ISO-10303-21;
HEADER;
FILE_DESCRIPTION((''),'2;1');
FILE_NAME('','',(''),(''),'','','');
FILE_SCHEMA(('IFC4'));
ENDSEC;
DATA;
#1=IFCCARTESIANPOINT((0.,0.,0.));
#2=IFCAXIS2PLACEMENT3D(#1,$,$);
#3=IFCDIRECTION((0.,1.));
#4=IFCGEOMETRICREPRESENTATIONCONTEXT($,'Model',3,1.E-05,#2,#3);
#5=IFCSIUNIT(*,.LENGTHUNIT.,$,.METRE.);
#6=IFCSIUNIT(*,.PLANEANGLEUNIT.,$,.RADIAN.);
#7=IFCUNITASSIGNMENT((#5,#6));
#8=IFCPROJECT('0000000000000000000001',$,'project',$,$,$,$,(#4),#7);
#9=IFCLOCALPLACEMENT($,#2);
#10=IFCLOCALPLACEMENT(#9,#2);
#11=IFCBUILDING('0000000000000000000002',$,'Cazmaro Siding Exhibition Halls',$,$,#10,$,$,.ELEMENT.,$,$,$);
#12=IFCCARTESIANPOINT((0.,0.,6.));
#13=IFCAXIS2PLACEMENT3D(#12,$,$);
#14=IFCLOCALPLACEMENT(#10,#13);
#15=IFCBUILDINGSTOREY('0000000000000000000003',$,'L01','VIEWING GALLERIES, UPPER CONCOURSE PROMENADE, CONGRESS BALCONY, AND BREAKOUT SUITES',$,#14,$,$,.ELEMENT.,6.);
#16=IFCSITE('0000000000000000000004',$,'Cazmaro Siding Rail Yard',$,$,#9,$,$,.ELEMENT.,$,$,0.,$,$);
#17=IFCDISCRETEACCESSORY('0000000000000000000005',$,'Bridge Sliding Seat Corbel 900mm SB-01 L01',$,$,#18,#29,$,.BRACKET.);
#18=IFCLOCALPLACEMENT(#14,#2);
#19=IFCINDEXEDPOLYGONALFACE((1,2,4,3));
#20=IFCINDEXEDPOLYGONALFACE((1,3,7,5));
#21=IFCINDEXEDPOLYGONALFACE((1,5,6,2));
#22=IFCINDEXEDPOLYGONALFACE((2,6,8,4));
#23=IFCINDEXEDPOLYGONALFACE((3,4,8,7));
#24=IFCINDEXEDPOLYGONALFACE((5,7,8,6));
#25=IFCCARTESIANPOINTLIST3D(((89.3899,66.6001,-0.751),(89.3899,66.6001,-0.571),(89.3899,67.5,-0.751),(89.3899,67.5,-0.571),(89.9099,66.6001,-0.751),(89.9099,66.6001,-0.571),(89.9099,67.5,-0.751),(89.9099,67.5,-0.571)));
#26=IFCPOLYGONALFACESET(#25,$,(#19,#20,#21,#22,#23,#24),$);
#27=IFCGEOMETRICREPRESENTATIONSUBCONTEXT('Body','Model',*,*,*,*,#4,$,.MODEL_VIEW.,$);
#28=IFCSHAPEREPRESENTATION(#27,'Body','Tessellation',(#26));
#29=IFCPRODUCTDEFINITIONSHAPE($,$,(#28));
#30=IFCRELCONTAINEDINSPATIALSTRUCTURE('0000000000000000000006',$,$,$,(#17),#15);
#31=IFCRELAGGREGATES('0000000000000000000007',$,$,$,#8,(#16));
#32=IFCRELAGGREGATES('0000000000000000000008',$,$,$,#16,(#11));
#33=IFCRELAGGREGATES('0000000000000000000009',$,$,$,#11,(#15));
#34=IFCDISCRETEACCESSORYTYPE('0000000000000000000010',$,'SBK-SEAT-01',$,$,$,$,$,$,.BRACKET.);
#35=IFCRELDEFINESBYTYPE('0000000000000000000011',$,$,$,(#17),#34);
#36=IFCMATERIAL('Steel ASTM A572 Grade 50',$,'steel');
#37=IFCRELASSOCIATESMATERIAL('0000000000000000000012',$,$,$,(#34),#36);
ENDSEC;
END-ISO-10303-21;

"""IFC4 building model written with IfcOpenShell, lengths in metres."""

from ifc_helpers import new_model, si_unit, direction, frame, origin, origin_2d, place, context, subcontext, project, spatial, rectangle, extrude, material, type_object, element, save


model = new_model("IFC4")

# Units and contexts
model_context = context("Model", 3, precision=1e-05, world=origin(), true_north=direction((0.0, 1.0)))
body_context = subcontext(model_context, "Body", "Model", "MODEL_VIEW")
ifc_project = project(units=[si_unit("LENGTHUNIT", "METRE"), si_unit("PLANEANGLEUNIT", "RADIAN")], contexts=[model_context])

# Site, building, storey
site_placement = place(None, origin())
site = spatial("IfcSite", under=ifc_project, at=site_placement, Name="Cazmaro Siding Rail Yard", CompositionType="ELEMENT", RefElevation=0.0)
building_placement = place(site_placement, origin())
building = spatial("IfcBuilding", under=site, at=building_placement, Name="Cazmaro Siding Exhibition Halls", CompositionType="ELEMENT")
storey_placement = place(building_placement, frame((0.0, 0.0, 6.0)))
storey = spatial("IfcBuildingStorey", under=building, at=storey_placement, Name="L01", Description="VIEWING GALLERIES, UPPER CONCOURSE PROMENADE, CONGRESS BALCONY, AND BREAKOUT SUITES", CompositionType="ELEMENT", Elevation=6.0)

# Discrete accessory
ifc_material_1 = material(Name="Steel ASTM A572 Grade 50", Category="steel")
discrete_accessory_type_1 = type_object("IfcDiscreteAccessoryType", Name="SBK-SEAT-01", PredefinedType="BRACKET", material=ifc_material_1)
discrete_accessory_1_placement = place(storey_placement, frame((89.6499, 67.05, -0.751), z_axis=(0.0, 0.0, 1.0), x_axis=(1.0, 0.0, 0.0)))
element("IfcDiscreteAccessory", 1, at=discrete_accessory_1_placement, inside=storey, type_object=discrete_accessory_type_1, Name="Bridge Sliding Seat Corbel 900mm SB-01 L01", PredefinedType="BRACKET", context=body_context, shape_type="SweptSolid", body=[
    extrude(rectangle(XDim=0.52, YDim=0.8999, at=origin_2d()), origin(), (0.0, 0.0, 1.0), 0.1799),
])

save(model, "model.ifc")
